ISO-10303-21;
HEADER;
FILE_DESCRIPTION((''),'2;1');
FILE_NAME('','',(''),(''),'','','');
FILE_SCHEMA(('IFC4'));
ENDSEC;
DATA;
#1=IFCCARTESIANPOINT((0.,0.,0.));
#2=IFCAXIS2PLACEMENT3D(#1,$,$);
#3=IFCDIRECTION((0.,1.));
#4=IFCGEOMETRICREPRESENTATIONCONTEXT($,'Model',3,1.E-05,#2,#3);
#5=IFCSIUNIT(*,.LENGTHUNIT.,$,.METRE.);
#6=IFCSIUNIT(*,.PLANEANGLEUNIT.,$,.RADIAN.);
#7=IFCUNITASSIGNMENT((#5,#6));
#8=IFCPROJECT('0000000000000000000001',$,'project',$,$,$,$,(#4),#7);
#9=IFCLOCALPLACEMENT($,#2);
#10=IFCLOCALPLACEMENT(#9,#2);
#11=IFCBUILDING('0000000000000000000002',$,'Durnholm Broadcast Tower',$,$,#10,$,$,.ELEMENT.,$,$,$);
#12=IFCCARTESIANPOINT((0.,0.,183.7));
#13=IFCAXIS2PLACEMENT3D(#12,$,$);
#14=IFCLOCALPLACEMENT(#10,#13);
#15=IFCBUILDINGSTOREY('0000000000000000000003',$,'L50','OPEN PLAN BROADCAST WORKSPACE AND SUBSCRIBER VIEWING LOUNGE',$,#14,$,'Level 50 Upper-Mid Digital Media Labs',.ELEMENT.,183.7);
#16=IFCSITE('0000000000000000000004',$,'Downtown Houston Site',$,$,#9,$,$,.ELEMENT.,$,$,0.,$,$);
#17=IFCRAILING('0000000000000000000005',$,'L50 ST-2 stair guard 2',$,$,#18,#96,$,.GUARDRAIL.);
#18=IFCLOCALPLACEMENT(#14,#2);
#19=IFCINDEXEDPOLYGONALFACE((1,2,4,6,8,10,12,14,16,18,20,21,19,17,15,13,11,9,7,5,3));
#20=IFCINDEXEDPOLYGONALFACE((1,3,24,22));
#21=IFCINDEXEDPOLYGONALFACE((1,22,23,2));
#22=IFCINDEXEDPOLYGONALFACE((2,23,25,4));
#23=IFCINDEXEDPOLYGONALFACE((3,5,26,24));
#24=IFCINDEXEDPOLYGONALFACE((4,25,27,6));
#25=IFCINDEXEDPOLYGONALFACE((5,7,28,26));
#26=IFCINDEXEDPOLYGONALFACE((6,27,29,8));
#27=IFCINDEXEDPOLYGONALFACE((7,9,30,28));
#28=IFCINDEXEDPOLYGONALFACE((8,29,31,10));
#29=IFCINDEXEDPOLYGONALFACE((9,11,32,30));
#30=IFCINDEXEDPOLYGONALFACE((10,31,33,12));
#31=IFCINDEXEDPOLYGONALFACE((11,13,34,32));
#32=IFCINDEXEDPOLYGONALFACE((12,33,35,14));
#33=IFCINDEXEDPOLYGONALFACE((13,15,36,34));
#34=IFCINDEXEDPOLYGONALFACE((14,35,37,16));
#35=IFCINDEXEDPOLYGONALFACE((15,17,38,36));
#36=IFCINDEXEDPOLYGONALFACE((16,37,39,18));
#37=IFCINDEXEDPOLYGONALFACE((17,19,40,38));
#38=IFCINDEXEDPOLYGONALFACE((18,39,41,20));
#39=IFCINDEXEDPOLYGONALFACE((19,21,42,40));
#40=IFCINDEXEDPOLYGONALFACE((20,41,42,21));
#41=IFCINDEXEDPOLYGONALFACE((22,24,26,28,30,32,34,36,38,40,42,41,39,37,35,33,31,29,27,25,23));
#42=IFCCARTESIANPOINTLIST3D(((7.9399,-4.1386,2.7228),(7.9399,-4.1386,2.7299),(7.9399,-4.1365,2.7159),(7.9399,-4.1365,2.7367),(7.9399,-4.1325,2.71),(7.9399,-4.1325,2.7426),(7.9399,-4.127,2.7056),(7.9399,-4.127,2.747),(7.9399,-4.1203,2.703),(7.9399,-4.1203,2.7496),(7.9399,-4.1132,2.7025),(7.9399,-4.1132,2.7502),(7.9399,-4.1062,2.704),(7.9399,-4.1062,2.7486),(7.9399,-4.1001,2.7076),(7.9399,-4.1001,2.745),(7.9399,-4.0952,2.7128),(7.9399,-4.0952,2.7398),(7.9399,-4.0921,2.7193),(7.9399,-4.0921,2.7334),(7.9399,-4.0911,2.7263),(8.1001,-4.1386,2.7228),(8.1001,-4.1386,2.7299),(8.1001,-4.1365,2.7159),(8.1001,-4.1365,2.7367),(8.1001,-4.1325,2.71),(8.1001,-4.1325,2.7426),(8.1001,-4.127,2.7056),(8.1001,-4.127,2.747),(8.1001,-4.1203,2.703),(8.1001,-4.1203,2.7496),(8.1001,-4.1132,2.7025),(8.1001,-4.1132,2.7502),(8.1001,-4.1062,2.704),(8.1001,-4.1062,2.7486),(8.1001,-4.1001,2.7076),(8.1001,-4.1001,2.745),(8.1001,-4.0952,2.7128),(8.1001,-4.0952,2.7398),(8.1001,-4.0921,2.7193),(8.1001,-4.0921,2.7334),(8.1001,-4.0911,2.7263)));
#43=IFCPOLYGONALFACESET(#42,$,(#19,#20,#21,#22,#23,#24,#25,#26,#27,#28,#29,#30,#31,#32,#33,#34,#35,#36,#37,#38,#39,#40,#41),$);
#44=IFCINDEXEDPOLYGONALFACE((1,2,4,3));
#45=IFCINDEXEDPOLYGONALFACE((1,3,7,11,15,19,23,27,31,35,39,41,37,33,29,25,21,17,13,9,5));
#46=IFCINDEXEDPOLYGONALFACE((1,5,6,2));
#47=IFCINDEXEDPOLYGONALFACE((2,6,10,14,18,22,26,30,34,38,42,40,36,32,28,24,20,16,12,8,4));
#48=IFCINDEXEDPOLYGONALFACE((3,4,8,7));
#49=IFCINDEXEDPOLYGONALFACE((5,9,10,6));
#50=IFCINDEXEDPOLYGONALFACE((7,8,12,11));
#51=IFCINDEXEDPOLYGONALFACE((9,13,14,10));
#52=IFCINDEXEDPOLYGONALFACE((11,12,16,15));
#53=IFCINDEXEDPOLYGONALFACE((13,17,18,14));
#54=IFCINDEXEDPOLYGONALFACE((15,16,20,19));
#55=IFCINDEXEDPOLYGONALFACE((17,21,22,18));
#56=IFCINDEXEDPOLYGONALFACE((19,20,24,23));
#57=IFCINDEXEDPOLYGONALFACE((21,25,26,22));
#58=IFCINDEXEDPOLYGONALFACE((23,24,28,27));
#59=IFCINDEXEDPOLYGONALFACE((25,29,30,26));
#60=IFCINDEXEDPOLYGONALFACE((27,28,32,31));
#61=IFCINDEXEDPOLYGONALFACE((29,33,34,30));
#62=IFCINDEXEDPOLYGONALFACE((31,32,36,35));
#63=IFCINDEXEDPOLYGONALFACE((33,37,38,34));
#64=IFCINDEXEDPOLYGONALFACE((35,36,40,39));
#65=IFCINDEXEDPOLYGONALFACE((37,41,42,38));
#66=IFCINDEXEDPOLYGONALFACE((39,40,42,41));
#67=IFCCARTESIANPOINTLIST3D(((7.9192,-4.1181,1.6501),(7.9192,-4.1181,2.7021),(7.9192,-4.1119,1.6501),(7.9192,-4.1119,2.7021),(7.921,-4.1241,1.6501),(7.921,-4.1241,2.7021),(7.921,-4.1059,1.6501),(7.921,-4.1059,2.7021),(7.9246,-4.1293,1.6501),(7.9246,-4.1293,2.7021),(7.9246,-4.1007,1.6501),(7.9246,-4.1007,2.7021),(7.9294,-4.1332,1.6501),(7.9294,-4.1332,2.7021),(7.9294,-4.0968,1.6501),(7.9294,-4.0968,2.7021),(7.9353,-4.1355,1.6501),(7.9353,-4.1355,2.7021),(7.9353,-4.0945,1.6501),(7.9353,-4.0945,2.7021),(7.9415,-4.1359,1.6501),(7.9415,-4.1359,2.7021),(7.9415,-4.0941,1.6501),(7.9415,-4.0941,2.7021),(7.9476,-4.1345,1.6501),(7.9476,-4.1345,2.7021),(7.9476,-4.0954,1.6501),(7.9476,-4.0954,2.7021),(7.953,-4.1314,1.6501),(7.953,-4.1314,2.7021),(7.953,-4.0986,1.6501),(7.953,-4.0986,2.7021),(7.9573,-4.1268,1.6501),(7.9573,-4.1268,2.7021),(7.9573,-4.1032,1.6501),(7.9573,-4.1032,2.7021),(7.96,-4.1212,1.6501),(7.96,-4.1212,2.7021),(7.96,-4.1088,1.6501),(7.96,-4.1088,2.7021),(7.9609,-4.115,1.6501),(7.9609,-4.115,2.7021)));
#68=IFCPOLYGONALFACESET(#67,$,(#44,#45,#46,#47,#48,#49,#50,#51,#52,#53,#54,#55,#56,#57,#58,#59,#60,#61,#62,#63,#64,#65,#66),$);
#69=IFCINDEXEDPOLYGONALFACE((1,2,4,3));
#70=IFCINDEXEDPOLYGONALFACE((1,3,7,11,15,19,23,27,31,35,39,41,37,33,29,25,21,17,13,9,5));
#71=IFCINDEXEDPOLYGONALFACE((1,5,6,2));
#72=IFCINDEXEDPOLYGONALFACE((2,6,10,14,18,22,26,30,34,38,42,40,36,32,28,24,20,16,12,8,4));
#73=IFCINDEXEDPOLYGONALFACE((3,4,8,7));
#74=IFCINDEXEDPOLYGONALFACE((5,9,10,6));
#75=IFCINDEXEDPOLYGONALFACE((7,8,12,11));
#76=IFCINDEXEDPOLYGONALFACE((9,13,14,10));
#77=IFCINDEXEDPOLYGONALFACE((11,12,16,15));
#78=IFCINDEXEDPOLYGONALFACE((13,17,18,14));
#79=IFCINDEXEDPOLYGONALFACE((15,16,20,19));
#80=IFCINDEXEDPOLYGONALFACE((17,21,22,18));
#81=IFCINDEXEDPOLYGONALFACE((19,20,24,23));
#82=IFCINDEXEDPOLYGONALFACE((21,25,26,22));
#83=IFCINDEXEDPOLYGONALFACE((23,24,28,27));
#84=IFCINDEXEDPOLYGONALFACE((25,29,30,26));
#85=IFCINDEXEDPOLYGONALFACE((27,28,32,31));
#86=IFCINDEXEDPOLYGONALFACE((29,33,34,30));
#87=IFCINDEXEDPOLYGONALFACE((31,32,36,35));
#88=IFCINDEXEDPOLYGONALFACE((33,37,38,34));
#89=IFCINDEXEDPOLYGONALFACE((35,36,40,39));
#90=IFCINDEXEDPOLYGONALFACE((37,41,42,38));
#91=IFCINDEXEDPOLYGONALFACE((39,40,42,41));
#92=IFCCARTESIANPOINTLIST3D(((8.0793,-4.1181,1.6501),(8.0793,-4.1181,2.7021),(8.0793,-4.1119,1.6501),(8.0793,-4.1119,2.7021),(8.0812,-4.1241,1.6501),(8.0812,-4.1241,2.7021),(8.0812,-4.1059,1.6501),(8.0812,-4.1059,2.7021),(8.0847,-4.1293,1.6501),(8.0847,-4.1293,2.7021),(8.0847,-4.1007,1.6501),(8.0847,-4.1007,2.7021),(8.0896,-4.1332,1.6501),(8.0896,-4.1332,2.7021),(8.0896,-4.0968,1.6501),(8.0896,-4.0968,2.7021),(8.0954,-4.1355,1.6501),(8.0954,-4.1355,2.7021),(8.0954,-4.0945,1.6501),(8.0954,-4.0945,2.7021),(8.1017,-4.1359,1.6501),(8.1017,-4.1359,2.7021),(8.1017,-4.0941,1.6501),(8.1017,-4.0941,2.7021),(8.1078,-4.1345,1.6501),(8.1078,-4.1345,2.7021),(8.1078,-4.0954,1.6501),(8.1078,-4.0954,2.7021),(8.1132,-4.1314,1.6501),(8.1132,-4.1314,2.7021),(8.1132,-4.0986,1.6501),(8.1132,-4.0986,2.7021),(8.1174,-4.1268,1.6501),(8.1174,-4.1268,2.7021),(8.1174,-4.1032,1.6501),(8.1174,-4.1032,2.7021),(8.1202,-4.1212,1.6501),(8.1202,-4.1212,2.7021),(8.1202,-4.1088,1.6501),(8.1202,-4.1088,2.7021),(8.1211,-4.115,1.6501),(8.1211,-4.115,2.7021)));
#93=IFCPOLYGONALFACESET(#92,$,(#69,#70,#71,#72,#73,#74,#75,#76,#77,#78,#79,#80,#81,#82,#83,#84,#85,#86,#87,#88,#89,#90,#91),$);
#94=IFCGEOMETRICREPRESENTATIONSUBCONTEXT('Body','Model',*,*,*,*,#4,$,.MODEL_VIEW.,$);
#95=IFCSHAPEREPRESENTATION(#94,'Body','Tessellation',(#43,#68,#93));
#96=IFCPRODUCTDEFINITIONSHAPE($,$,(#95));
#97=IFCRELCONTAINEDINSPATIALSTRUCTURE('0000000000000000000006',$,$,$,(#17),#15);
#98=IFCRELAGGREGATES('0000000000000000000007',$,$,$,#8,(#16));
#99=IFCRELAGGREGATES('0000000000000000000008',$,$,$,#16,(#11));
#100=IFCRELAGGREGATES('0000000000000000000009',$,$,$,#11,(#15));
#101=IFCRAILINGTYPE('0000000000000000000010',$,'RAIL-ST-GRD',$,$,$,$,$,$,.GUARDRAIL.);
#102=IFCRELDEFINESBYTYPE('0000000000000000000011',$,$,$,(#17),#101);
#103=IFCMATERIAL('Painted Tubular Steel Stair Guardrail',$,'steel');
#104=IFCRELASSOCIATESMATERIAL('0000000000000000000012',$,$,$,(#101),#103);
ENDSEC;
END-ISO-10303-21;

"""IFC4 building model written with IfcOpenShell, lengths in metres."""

from ifc_helpers import new_model, si_unit, direction, frame, origin, origin_2d, place, context, subcontext, project, spatial, circle, extrude, material, type_object, element, save


model = new_model("IFC4")

# Units and contexts
model_context = context("Model", 3, precision=1e-05, world=origin(), true_north=direction((0.0, 1.0)))
body_context = subcontext(model_context, "Body", "Model", "MODEL_VIEW")
ifc_project = project(units=[si_unit("LENGTHUNIT", "METRE"), si_unit("PLANEANGLEUNIT", "RADIAN")], contexts=[model_context])

# Site, building, storey
site_placement = place(None, origin())
site = spatial("IfcSite", under=ifc_project, at=site_placement, Name="Downtown Houston Site", CompositionType="ELEMENT", RefElevation=0.0)
building_placement = place(site_placement, origin())
building = spatial("IfcBuilding", under=site, at=building_placement, Name="Durnholm Broadcast Tower", CompositionType="ELEMENT")
storey_placement = place(building_placement, frame((0.0, 0.0, 183.7)))
storey = spatial("IfcBuildingStorey", under=building, at=storey_placement, Name="L50", Description="OPEN PLAN BROADCAST WORKSPACE AND SUBSCRIBER VIEWING LOUNGE", LongName="Level 50 Upper-Mid Digital Media Labs", CompositionType="ELEMENT", Elevation=183.7)

# Railing
ifc_material_1 = material(Name="Painted Tubular Steel Stair Guardrail", Category="steel")
railing_type_1 = type_object("IfcRailingType", Name="RAIL-ST-GRD", PredefinedType="GUARDRAIL", material=ifc_material_1)
railing_1_placement = place(storey_placement, frame((7.9399, -4.115, 1.6501)))
element("IfcRailing", 1, at=railing_1_placement, inside=storey, type_object=railing_type_1, Name="L50 ST-2 stair guard 2", PredefinedType="GUARDRAIL", context=body_context, shape_type="SweptSolid", body=[
    extrude(circle(Radius=0.0239, at=origin_2d()), frame((0.0, 0.0, 1.0762), z_axis=(1.0, 0.0, 0.0), x_axis=(0.0, 1.0, 0.0)), (0.0, 0.0, 1.0), 0.1602),
    extrude(circle(Radius=0.021, at=origin_2d()), origin(), (0.0, 0.0, 1.0), 1.052),
    extrude(circle(Radius=0.021, at=origin_2d()), frame((0.1602, 0.0, 0.0)), (0.0, 0.0, 1.0), 1.052),
])

save(model, "model.ifc")
